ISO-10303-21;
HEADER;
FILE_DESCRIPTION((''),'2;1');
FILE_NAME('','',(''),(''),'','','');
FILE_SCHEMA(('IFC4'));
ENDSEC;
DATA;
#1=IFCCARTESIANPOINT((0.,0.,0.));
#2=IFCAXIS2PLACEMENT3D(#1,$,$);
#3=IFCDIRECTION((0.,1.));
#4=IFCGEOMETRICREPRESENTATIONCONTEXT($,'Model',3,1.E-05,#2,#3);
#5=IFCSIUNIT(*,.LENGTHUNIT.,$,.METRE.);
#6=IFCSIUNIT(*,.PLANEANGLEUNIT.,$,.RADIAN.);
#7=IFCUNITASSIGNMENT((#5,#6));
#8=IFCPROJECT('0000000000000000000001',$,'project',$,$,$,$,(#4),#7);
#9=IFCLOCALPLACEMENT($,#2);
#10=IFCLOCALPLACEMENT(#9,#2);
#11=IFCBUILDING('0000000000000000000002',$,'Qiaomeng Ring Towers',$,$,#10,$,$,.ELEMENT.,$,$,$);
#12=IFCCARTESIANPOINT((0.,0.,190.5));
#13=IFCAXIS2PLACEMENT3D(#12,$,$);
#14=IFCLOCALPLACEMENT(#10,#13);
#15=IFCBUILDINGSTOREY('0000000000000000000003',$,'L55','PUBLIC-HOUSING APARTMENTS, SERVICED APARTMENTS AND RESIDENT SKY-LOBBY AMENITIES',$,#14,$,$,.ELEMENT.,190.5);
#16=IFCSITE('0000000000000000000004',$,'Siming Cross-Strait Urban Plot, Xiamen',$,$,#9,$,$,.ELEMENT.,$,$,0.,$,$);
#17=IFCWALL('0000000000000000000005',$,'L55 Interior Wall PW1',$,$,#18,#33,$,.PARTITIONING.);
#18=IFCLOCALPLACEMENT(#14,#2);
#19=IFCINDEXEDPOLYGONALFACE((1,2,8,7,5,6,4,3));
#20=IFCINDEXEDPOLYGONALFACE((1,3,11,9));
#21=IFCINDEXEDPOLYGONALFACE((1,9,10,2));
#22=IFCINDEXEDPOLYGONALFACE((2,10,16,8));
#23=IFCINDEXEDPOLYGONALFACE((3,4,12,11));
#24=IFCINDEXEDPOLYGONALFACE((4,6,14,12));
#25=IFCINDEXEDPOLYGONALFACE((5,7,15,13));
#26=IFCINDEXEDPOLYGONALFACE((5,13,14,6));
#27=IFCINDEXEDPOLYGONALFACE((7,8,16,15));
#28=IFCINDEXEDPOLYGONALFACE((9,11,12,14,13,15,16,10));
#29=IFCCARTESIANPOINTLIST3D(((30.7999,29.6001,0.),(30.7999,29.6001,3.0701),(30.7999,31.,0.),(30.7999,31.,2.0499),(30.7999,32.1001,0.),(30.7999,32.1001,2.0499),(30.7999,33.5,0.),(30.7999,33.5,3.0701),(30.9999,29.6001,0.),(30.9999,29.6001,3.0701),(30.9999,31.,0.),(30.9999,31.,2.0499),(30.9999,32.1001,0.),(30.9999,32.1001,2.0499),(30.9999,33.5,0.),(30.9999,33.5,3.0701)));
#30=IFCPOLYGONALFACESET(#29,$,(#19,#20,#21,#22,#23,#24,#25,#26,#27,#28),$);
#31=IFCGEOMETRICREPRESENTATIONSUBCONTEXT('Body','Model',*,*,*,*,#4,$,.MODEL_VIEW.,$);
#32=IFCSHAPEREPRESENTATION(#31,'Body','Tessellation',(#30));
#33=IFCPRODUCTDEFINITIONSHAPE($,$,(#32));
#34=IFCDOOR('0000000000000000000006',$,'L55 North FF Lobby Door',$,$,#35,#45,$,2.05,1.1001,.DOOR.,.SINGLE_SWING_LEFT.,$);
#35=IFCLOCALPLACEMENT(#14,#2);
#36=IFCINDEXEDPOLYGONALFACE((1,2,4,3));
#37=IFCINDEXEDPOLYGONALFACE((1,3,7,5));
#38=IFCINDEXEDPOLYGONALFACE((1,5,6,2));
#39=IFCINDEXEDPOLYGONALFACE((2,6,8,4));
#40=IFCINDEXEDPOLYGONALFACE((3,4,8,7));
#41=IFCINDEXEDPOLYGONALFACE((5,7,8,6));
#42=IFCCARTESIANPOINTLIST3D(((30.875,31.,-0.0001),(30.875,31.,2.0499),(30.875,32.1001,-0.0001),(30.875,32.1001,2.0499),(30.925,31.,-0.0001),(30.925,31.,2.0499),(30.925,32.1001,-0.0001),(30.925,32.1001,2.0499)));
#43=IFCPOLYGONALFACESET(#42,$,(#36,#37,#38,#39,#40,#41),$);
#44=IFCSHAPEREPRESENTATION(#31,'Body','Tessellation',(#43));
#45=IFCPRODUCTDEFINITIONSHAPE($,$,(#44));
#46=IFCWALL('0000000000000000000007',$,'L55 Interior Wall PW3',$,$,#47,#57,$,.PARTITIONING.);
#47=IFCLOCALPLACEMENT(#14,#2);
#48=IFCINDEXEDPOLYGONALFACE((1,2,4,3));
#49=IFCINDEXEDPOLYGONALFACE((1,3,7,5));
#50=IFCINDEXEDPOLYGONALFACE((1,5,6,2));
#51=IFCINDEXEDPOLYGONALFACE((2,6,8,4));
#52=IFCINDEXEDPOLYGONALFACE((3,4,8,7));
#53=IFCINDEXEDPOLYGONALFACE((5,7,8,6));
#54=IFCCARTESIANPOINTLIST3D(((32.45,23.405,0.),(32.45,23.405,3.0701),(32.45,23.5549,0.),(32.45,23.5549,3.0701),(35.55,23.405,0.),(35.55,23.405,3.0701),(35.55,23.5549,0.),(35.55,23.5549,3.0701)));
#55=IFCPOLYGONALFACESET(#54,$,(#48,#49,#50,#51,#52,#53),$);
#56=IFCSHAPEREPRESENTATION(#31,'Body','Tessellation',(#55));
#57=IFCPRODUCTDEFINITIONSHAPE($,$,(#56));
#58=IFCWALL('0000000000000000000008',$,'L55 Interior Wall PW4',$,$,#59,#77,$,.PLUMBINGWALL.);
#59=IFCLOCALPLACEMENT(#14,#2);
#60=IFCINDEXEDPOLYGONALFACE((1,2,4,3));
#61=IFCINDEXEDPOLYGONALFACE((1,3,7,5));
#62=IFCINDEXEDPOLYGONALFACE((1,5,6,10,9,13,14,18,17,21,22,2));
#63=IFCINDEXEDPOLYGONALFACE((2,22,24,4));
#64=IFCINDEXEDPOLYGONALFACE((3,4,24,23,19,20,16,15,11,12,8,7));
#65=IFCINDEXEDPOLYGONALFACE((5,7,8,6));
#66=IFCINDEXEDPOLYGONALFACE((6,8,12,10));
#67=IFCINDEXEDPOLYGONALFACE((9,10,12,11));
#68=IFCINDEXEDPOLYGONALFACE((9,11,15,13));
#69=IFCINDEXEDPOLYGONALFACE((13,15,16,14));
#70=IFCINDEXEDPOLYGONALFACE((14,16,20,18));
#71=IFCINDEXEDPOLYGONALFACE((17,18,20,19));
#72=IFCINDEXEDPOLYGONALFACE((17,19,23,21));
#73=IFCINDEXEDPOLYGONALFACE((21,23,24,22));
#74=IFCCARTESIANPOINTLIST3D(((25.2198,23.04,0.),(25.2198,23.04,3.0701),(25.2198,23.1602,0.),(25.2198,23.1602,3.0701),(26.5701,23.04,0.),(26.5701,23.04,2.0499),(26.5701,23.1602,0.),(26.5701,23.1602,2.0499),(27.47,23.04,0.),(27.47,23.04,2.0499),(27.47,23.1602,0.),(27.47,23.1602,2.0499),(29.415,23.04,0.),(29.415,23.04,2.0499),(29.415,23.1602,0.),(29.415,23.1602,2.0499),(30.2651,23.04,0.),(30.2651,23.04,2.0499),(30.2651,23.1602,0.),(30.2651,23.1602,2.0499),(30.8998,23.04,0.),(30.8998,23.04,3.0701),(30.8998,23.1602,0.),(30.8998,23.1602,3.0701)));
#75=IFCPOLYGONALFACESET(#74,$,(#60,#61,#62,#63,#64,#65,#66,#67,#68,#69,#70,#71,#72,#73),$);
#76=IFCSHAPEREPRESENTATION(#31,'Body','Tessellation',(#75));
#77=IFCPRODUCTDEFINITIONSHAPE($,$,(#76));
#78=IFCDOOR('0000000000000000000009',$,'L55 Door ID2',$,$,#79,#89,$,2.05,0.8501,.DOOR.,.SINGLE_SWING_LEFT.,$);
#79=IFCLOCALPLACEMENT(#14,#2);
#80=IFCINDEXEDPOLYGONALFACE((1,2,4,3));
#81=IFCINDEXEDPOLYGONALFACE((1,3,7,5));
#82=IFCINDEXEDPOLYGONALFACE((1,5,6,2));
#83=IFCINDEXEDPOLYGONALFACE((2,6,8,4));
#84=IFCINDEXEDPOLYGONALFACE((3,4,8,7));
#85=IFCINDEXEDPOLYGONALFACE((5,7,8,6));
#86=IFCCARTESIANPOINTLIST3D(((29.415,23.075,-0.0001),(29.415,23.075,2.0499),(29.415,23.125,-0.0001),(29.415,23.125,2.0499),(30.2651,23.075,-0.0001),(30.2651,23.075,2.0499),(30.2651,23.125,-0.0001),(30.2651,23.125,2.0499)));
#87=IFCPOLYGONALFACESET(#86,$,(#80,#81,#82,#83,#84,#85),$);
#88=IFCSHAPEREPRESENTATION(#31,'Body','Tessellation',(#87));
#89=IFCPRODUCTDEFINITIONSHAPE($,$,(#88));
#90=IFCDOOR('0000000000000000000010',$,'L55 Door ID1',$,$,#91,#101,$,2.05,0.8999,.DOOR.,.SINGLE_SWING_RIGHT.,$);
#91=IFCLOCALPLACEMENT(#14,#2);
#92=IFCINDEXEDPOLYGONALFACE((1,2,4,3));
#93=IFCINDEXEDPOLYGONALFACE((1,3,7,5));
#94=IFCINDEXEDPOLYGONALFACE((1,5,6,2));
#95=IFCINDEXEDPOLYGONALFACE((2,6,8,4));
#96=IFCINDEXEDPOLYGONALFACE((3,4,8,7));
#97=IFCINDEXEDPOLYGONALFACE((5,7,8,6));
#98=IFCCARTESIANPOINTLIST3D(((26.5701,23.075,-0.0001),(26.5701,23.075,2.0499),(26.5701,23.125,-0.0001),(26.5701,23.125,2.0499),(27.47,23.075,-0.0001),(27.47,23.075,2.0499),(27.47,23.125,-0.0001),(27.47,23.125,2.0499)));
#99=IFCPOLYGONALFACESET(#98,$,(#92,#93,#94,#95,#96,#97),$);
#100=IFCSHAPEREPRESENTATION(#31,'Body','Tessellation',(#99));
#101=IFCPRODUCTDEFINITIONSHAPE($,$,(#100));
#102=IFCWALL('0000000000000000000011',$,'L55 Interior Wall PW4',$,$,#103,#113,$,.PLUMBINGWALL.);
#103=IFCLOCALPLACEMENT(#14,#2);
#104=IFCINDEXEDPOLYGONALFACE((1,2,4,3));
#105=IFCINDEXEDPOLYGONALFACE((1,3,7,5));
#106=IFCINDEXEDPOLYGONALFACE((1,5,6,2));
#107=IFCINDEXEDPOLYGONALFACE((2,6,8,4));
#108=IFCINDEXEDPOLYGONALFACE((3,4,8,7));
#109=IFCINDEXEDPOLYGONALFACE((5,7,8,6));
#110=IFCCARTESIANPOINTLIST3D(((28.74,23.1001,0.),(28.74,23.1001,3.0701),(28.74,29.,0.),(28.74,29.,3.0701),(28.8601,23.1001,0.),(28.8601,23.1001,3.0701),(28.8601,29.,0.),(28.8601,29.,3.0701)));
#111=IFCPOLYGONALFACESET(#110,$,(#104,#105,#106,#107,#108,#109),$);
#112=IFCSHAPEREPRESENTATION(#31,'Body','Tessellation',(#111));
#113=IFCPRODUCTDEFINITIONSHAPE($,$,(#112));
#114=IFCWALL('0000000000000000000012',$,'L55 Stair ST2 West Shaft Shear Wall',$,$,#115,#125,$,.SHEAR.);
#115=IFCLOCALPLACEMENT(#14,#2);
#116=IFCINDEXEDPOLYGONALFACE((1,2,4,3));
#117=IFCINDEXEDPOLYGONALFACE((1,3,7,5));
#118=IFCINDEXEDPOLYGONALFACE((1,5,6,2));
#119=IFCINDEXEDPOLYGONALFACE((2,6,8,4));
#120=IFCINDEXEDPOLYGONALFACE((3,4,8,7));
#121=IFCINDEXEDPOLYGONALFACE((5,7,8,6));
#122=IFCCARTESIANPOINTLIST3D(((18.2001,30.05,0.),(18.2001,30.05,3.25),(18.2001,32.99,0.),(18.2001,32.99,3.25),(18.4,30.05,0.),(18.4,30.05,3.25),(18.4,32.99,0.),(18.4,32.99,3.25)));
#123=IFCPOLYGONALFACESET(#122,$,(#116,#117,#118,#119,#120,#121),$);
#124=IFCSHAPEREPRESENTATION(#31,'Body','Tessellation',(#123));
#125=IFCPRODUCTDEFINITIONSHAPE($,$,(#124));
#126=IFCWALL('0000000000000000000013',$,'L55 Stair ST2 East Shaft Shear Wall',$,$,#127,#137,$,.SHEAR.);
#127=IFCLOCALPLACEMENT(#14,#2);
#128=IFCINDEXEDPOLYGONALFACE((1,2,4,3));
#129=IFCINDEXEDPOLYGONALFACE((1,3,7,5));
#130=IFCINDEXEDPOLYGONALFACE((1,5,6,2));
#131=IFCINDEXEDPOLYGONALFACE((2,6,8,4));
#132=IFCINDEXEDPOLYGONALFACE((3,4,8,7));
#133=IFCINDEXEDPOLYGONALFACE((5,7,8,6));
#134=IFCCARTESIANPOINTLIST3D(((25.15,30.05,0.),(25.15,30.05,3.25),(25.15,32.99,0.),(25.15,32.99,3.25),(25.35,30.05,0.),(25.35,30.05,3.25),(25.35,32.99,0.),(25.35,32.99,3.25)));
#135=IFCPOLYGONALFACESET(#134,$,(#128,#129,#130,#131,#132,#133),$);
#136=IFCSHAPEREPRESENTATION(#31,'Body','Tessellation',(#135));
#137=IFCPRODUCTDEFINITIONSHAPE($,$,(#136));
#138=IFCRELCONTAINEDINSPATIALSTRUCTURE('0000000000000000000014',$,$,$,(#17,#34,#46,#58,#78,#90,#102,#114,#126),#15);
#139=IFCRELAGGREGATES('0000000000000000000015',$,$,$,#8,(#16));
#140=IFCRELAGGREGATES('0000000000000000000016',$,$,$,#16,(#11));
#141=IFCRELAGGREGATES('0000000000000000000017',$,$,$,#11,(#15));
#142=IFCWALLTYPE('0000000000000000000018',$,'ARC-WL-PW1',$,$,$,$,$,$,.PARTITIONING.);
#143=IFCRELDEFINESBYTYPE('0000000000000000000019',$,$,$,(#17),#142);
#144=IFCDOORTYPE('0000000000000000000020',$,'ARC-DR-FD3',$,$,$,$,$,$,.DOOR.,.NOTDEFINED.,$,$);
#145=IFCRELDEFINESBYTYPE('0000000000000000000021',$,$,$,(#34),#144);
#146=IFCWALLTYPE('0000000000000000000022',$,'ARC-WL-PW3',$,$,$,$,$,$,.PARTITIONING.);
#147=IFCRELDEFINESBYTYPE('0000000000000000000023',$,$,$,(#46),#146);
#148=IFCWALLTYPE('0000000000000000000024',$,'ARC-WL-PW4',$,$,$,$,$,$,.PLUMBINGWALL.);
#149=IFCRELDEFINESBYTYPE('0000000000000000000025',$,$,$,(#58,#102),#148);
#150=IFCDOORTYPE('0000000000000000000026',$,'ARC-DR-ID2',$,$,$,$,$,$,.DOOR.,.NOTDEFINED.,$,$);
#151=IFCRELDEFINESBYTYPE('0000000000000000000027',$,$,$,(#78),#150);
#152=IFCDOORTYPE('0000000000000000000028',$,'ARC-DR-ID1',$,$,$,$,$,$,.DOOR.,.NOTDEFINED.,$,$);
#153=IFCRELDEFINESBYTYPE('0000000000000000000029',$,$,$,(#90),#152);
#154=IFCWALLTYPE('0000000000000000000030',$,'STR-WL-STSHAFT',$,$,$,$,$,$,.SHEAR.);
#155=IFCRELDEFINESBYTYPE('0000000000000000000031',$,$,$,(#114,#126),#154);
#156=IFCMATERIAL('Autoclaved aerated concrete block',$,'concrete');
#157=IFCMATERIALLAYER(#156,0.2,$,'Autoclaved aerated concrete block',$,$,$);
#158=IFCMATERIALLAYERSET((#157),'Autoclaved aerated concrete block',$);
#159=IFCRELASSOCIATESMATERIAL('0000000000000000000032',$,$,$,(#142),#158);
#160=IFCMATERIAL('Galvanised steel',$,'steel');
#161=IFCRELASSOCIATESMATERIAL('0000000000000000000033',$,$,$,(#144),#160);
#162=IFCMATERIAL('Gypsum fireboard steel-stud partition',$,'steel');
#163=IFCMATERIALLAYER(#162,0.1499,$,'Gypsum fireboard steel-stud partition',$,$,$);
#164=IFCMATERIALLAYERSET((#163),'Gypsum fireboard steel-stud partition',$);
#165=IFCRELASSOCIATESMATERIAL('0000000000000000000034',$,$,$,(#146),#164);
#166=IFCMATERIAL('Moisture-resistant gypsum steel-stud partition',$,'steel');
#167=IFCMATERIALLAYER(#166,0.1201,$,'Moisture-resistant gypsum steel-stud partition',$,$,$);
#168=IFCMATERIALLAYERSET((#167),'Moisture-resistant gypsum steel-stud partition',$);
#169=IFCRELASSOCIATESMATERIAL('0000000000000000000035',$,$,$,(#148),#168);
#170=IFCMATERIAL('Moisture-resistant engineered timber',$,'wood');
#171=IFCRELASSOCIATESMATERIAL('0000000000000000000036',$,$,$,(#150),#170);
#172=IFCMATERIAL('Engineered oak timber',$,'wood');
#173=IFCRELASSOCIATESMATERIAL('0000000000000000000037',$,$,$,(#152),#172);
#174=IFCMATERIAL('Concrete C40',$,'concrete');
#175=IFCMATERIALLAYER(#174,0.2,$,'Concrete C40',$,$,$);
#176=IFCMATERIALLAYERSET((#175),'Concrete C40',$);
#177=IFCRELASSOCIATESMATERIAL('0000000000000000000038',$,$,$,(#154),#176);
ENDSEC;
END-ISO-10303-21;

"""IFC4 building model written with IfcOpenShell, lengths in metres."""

from ifc_helpers import new_model, si_unit, direction, frame, frame_2d, origin, place, context, subcontext, project, spatial, rectangle, extrude, source, transform, mapped, material, layer, layer_set, type_object, element, fill, save


model = new_model("IFC4")

# Units and contexts
model_context = context("Model", 3, precision=1e-05, world=origin(), true_north=direction((0.0, 1.0)))
body_context = subcontext(model_context, "Body", "Model", "MODEL_VIEW")
ifc_project = project(units=[si_unit("LENGTHUNIT", "METRE"), si_unit("PLANEANGLEUNIT", "RADIAN")], contexts=[model_context])

# Site, building, storey
site_placement = place(None, origin())
site = spatial("IfcSite", under=ifc_project, at=site_placement, Name="Siming Cross-Strait Urban Plot, Xiamen", CompositionType="ELEMENT", RefElevation=0.0)
building_placement = place(site_placement, origin())
building = spatial("IfcBuilding", under=site, at=building_placement, Name="Qiaomeng Ring Towers", CompositionType="ELEMENT")
storey_placement = place(building_placement, frame((0.0, 0.0, 190.5)))
storey = spatial("IfcBuildingStorey", under=building, at=storey_placement, Name="L55", Description="PUBLIC-HOUSING APARTMENTS, SERVICED APARTMENTS AND RESIDENT SKY-LOBBY AMENITIES", CompositionType="ELEMENT", Elevation=190.5)

# Shared definitions
ifc_material_1 = material(Name="Concrete C40", Category="concrete")

# Shared definitions
ifc_material_2 = material(Name="Autoclaved aerated concrete block", Category="concrete")
ifc_layer_1 = layer(ifc_material_2, 0.2, Name="Autoclaved aerated concrete block")
ifc_layer_set_1 = layer_set([ifc_layer_1], Name="Autoclaved aerated concrete block")
wall_type_1 = type_object("IfcWallType", Name="ARC-WL-PW1", PredefinedType="PARTITIONING", material=ifc_layer_set_1)

# Wall, opening, door
wall_1_placement = place(storey_placement, frame((30.8999, 29.6001, 0.0), z_axis=(0.0, 0.0, 1.0), x_axis=(0.0, 1.0, 0.0)))
wall_1 = element("IfcWall", 1, at=wall_1_placement, inside=storey, type_object=wall_type_1, Name="L55 Interior Wall PW1", PredefinedType="PARTITIONING", context=body_context, shape_type="SweptSolid", body=[
    extrude(rectangle(XDim=3.8999, YDim=0.2, at=frame_2d((1.95, 0.0))), origin(), (0.0, 0.0, 1.0), 3.0701),
])
opening_1_placement = place(wall_1_placement, frame((1.3999, 0.0, 0.0)))
opening_1 = element("IfcOpeningElement", 2, at=opening_1_placement, cuts=wall_1, PredefinedType="OPENING", context=body_context, shape_type="SweptSolid", body=[
    extrude(rectangle(XDim=1.1001, YDim=2.05, at=frame_2d((0.55, 1.0249))), frame((0.0, 0.1099, 0.0), z_axis=(0.0, -1.0, 0.0), x_axis=(1.0, 0.0, 0.0)), (0.0, 0.0, 1.0), 0.22),
])
ifc_material_3 = material(Name="Galvanised steel", Category="steel")
door_type_1 = type_object("IfcDoorType", Name="ARC-DR-FD3", OperationType="NOTDEFINED", PredefinedType="DOOR", material=ifc_material_3)
shared_shape_1 = source(origin(), body_context, "Body", "SweptSolid", [
    extrude(rectangle(XDim=1.1001, YDim=2.05, at=frame_2d((0.55, 1.0249))), frame((0.0, 0.0249, 0.0), z_axis=(0.0, -1.0, 0.0), x_axis=(1.0, 0.0, 0.0)), (0.0, 0.0, 1.0), 0.05),
])
door_1_placement = place(opening_1_placement, origin())
door_1 = element("IfcDoor", 3, at=door_1_placement, inside=storey, type_object=door_type_1, Name="L55 North FF Lobby Door", OperationType="SINGLE_SWING_LEFT", OverallHeight=2.05, OverallWidth=1.1001, PredefinedType="DOOR", context=body_context, shape_type="MappedRepresentation", body=[
    mapped(shared_shape_1, transform((0.0, 0.0, 0.0), x_axis=(1.0, 0.0, 0.0), y_axis=(0.0, 1.0, 0.0), z_axis=(0.0, 0.0, 1.0), scale=1.0)),
])
fill(opening_1, door_1)

# Wall
ifc_material_4 = material(Name="Gypsum fireboard steel-stud partition", Category="steel")
ifc_layer_2 = layer(ifc_material_4, 0.1499, Name="Gypsum fireboard steel-stud partition")
ifc_layer_set_2 = layer_set([ifc_layer_2], Name="Gypsum fireboard steel-stud partition")
wall_type_2 = type_object("IfcWallType", Name="ARC-WL-PW3", PredefinedType="PARTITIONING", material=ifc_layer_set_2)
wall_2_placement = place(storey_placement, frame((32.45, 23.48, 0.0), z_axis=(0.0, 0.0, 1.0), x_axis=(1.0, 0.0, 0.0)))
element("IfcWall", 4, at=wall_2_placement, inside=storey, type_object=wall_type_2, Name="L55 Interior Wall PW3", PredefinedType="PARTITIONING", context=body_context, shape_type="SweptSolid", body=[
    extrude(rectangle(XDim=3.1001, YDim=0.1499, at=frame_2d((1.55, 0.0))), origin(), (0.0, 0.0, 1.0), 3.0701),
])

# Wall, openings, doors
ifc_material_5 = material(Name="Moisture-resistant gypsum steel-stud partition", Category="steel")
ifc_layer_3 = layer(ifc_material_5, 0.1201, Name="Moisture-resistant gypsum steel-stud partition")
ifc_layer_set_3 = layer_set([ifc_layer_3], Name="Moisture-resistant gypsum steel-stud partition")
wall_type_3 = type_object("IfcWallType", Name="ARC-WL-PW4", PredefinedType="PLUMBINGWALL", material=ifc_layer_set_3)
wall_3_placement = place(storey_placement, frame((25.22, 23.1001, 0.0), z_axis=(0.0, 0.0, 1.0), x_axis=(1.0, 0.0, 0.0)))
wall_3 = element("IfcWall", 5, at=wall_3_placement, inside=storey, type_object=wall_type_3, Name="L55 Interior Wall PW4", PredefinedType="PLUMBINGWALL", context=body_context, shape_type="SweptSolid", body=[
    extrude(rectangle(XDim=5.6799, YDim=0.1201, at=frame_2d((2.8398, 0.0))), origin(), (0.0, 0.0, 1.0), 3.0701),
])
opening_2_placement = place(wall_3_placement, frame((1.3501, 0.0, 0.0)))
opening_2 = element("IfcOpeningElement", 6, at=opening_2_placement, cuts=wall_3, PredefinedType="OPENING", context=body_context, shape_type="SweptSolid", body=[
    extrude(rectangle(XDim=0.8999, YDim=2.05, at=frame_2d((0.45, 1.0249))), frame((0.0, 0.0701, 0.0), z_axis=(0.0, -1.0, 0.0), x_axis=(1.0, 0.0, 0.0)), (0.0, 0.0, 1.0), 0.1401),
])
opening_3_placement = place(wall_3_placement, frame((4.1951, 0.0, 0.0)))
opening_3 = element("IfcOpeningElement", 7, at=opening_3_placement, cuts=wall_3, PredefinedType="OPENING", context=body_context, shape_type="SweptSolid", body=[
    extrude(rectangle(XDim=0.8501, YDim=2.05, at=frame_2d((0.425, 1.0249))), frame((0.0, 0.0701, 0.0), z_axis=(0.0, -1.0, 0.0), x_axis=(1.0, 0.0, 0.0)), (0.0, 0.0, 1.0), 0.1401),
])
ifc_material_6 = material(Name="Moisture-resistant engineered timber", Category="wood")
door_type_2 = type_object("IfcDoorType", Name="ARC-DR-ID2", OperationType="NOTDEFINED", PredefinedType="DOOR", material=ifc_material_6)
shared_shape_2 = source(origin(), body_context, "Body", "SweptSolid", [
    extrude(rectangle(XDim=0.8501, YDim=2.05, at=frame_2d((0.425, 1.0249))), frame((0.0, 0.0249, 0.0), z_axis=(0.0, -1.0, 0.0), x_axis=(1.0, 0.0, 0.0)), (0.0, 0.0, 1.0), 0.05),
])
door_2_placement = place(opening_3_placement, origin())
door_2 = element("IfcDoor", 8, at=door_2_placement, inside=storey, type_object=door_type_2, Name="L55 Door ID2", OperationType="SINGLE_SWING_LEFT", OverallHeight=2.05, OverallWidth=0.8501, PredefinedType="DOOR", context=body_context, shape_type="MappedRepresentation", body=[
    mapped(shared_shape_2, transform((0.0, 0.0, 0.0), x_axis=(1.0, 0.0, 0.0), y_axis=(0.0, 1.0, 0.0), z_axis=(0.0, 0.0, 1.0), scale=1.0)),
])
fill(opening_3, door_2)
ifc_material_7 = material(Name="Engineered oak timber", Category="wood")
door_type_3 = type_object("IfcDoorType", Name="ARC-DR-ID1", OperationType="NOTDEFINED", PredefinedType="DOOR", material=ifc_material_7)
shared_shape_3 = source(origin(), body_context, "Body", "SweptSolid", [
    extrude(rectangle(XDim=0.8999, YDim=2.05, at=frame_2d((0.45, 1.0249))), frame((0.0, 0.0249, 0.0), z_axis=(0.0, -1.0, 0.0), x_axis=(1.0, 0.0, 0.0)), (0.0, 0.0, 1.0), 0.05),
])
door_3_placement = place(opening_2_placement, origin())
door_3 = element("IfcDoor", 9, at=door_3_placement, inside=storey, type_object=door_type_3, Name="L55 Door ID1", OperationType="SINGLE_SWING_RIGHT", OverallHeight=2.05, OverallWidth=0.8999, PredefinedType="DOOR", context=body_context, shape_type="MappedRepresentation", body=[
    mapped(shared_shape_3, transform((0.0, 0.0, 0.0), x_axis=(1.0, 0.0, 0.0), y_axis=(0.0, 1.0, 0.0), z_axis=(0.0, 0.0, 1.0), scale=1.0)),
])
fill(opening_2, door_3)

# Walls
wall_4_placement = place(storey_placement, frame((28.8, 23.1001, 0.0), z_axis=(0.0, 0.0, 1.0), x_axis=(0.0, 1.0, 0.0)))
element("IfcWall", 10, at=wall_4_placement, inside=storey, type_object=wall_type_3, Name="L55 Interior Wall PW4", PredefinedType="PLUMBINGWALL", context=body_context, shape_type="SweptSolid", body=[
    extrude(rectangle(XDim=5.8999, YDim=0.1201, at=frame_2d((2.95, 0.0))), origin(), (0.0, 0.0, 1.0), 3.0701),
])
ifc_layer_4 = layer(ifc_material_1, 0.2, Name="Concrete C40")
ifc_layer_set_4 = layer_set([ifc_layer_4], Name="Concrete C40")
wall_type_4 = type_object("IfcWallType", Name="STR-WL-STSHAFT", PredefinedType="SHEAR", material=ifc_layer_set_4)
for number, where, z_axis, x_axis, name in (
    (11, (18.3, 30.05, 0.0), (0.0, 0.0, 1.0), (0.0, 1.0, 0.0), "L55 Stair ST2 West Shaft Shear Wall"),
    (12, (25.25, 30.05, 0.0), (0.0, 0.0, 1.0), (0.0, 1.0, 0.0), "L55 Stair ST2 East Shaft Shear Wall"),
):
    element("IfcWall", number, at=place(storey_placement, frame(where, z_axis=z_axis, x_axis=x_axis)), inside=storey, type_object=wall_type_4, Name=name, PredefinedType="SHEAR", context=body_context, shape_type="SweptSolid", body=[
        extrude(rectangle(XDim=2.9399, YDim=0.2, at=frame_2d((1.47, 0.0))), origin(), (0.0, 0.0, 1.0), 3.25),
    ])

save(model, "model.ifc")
